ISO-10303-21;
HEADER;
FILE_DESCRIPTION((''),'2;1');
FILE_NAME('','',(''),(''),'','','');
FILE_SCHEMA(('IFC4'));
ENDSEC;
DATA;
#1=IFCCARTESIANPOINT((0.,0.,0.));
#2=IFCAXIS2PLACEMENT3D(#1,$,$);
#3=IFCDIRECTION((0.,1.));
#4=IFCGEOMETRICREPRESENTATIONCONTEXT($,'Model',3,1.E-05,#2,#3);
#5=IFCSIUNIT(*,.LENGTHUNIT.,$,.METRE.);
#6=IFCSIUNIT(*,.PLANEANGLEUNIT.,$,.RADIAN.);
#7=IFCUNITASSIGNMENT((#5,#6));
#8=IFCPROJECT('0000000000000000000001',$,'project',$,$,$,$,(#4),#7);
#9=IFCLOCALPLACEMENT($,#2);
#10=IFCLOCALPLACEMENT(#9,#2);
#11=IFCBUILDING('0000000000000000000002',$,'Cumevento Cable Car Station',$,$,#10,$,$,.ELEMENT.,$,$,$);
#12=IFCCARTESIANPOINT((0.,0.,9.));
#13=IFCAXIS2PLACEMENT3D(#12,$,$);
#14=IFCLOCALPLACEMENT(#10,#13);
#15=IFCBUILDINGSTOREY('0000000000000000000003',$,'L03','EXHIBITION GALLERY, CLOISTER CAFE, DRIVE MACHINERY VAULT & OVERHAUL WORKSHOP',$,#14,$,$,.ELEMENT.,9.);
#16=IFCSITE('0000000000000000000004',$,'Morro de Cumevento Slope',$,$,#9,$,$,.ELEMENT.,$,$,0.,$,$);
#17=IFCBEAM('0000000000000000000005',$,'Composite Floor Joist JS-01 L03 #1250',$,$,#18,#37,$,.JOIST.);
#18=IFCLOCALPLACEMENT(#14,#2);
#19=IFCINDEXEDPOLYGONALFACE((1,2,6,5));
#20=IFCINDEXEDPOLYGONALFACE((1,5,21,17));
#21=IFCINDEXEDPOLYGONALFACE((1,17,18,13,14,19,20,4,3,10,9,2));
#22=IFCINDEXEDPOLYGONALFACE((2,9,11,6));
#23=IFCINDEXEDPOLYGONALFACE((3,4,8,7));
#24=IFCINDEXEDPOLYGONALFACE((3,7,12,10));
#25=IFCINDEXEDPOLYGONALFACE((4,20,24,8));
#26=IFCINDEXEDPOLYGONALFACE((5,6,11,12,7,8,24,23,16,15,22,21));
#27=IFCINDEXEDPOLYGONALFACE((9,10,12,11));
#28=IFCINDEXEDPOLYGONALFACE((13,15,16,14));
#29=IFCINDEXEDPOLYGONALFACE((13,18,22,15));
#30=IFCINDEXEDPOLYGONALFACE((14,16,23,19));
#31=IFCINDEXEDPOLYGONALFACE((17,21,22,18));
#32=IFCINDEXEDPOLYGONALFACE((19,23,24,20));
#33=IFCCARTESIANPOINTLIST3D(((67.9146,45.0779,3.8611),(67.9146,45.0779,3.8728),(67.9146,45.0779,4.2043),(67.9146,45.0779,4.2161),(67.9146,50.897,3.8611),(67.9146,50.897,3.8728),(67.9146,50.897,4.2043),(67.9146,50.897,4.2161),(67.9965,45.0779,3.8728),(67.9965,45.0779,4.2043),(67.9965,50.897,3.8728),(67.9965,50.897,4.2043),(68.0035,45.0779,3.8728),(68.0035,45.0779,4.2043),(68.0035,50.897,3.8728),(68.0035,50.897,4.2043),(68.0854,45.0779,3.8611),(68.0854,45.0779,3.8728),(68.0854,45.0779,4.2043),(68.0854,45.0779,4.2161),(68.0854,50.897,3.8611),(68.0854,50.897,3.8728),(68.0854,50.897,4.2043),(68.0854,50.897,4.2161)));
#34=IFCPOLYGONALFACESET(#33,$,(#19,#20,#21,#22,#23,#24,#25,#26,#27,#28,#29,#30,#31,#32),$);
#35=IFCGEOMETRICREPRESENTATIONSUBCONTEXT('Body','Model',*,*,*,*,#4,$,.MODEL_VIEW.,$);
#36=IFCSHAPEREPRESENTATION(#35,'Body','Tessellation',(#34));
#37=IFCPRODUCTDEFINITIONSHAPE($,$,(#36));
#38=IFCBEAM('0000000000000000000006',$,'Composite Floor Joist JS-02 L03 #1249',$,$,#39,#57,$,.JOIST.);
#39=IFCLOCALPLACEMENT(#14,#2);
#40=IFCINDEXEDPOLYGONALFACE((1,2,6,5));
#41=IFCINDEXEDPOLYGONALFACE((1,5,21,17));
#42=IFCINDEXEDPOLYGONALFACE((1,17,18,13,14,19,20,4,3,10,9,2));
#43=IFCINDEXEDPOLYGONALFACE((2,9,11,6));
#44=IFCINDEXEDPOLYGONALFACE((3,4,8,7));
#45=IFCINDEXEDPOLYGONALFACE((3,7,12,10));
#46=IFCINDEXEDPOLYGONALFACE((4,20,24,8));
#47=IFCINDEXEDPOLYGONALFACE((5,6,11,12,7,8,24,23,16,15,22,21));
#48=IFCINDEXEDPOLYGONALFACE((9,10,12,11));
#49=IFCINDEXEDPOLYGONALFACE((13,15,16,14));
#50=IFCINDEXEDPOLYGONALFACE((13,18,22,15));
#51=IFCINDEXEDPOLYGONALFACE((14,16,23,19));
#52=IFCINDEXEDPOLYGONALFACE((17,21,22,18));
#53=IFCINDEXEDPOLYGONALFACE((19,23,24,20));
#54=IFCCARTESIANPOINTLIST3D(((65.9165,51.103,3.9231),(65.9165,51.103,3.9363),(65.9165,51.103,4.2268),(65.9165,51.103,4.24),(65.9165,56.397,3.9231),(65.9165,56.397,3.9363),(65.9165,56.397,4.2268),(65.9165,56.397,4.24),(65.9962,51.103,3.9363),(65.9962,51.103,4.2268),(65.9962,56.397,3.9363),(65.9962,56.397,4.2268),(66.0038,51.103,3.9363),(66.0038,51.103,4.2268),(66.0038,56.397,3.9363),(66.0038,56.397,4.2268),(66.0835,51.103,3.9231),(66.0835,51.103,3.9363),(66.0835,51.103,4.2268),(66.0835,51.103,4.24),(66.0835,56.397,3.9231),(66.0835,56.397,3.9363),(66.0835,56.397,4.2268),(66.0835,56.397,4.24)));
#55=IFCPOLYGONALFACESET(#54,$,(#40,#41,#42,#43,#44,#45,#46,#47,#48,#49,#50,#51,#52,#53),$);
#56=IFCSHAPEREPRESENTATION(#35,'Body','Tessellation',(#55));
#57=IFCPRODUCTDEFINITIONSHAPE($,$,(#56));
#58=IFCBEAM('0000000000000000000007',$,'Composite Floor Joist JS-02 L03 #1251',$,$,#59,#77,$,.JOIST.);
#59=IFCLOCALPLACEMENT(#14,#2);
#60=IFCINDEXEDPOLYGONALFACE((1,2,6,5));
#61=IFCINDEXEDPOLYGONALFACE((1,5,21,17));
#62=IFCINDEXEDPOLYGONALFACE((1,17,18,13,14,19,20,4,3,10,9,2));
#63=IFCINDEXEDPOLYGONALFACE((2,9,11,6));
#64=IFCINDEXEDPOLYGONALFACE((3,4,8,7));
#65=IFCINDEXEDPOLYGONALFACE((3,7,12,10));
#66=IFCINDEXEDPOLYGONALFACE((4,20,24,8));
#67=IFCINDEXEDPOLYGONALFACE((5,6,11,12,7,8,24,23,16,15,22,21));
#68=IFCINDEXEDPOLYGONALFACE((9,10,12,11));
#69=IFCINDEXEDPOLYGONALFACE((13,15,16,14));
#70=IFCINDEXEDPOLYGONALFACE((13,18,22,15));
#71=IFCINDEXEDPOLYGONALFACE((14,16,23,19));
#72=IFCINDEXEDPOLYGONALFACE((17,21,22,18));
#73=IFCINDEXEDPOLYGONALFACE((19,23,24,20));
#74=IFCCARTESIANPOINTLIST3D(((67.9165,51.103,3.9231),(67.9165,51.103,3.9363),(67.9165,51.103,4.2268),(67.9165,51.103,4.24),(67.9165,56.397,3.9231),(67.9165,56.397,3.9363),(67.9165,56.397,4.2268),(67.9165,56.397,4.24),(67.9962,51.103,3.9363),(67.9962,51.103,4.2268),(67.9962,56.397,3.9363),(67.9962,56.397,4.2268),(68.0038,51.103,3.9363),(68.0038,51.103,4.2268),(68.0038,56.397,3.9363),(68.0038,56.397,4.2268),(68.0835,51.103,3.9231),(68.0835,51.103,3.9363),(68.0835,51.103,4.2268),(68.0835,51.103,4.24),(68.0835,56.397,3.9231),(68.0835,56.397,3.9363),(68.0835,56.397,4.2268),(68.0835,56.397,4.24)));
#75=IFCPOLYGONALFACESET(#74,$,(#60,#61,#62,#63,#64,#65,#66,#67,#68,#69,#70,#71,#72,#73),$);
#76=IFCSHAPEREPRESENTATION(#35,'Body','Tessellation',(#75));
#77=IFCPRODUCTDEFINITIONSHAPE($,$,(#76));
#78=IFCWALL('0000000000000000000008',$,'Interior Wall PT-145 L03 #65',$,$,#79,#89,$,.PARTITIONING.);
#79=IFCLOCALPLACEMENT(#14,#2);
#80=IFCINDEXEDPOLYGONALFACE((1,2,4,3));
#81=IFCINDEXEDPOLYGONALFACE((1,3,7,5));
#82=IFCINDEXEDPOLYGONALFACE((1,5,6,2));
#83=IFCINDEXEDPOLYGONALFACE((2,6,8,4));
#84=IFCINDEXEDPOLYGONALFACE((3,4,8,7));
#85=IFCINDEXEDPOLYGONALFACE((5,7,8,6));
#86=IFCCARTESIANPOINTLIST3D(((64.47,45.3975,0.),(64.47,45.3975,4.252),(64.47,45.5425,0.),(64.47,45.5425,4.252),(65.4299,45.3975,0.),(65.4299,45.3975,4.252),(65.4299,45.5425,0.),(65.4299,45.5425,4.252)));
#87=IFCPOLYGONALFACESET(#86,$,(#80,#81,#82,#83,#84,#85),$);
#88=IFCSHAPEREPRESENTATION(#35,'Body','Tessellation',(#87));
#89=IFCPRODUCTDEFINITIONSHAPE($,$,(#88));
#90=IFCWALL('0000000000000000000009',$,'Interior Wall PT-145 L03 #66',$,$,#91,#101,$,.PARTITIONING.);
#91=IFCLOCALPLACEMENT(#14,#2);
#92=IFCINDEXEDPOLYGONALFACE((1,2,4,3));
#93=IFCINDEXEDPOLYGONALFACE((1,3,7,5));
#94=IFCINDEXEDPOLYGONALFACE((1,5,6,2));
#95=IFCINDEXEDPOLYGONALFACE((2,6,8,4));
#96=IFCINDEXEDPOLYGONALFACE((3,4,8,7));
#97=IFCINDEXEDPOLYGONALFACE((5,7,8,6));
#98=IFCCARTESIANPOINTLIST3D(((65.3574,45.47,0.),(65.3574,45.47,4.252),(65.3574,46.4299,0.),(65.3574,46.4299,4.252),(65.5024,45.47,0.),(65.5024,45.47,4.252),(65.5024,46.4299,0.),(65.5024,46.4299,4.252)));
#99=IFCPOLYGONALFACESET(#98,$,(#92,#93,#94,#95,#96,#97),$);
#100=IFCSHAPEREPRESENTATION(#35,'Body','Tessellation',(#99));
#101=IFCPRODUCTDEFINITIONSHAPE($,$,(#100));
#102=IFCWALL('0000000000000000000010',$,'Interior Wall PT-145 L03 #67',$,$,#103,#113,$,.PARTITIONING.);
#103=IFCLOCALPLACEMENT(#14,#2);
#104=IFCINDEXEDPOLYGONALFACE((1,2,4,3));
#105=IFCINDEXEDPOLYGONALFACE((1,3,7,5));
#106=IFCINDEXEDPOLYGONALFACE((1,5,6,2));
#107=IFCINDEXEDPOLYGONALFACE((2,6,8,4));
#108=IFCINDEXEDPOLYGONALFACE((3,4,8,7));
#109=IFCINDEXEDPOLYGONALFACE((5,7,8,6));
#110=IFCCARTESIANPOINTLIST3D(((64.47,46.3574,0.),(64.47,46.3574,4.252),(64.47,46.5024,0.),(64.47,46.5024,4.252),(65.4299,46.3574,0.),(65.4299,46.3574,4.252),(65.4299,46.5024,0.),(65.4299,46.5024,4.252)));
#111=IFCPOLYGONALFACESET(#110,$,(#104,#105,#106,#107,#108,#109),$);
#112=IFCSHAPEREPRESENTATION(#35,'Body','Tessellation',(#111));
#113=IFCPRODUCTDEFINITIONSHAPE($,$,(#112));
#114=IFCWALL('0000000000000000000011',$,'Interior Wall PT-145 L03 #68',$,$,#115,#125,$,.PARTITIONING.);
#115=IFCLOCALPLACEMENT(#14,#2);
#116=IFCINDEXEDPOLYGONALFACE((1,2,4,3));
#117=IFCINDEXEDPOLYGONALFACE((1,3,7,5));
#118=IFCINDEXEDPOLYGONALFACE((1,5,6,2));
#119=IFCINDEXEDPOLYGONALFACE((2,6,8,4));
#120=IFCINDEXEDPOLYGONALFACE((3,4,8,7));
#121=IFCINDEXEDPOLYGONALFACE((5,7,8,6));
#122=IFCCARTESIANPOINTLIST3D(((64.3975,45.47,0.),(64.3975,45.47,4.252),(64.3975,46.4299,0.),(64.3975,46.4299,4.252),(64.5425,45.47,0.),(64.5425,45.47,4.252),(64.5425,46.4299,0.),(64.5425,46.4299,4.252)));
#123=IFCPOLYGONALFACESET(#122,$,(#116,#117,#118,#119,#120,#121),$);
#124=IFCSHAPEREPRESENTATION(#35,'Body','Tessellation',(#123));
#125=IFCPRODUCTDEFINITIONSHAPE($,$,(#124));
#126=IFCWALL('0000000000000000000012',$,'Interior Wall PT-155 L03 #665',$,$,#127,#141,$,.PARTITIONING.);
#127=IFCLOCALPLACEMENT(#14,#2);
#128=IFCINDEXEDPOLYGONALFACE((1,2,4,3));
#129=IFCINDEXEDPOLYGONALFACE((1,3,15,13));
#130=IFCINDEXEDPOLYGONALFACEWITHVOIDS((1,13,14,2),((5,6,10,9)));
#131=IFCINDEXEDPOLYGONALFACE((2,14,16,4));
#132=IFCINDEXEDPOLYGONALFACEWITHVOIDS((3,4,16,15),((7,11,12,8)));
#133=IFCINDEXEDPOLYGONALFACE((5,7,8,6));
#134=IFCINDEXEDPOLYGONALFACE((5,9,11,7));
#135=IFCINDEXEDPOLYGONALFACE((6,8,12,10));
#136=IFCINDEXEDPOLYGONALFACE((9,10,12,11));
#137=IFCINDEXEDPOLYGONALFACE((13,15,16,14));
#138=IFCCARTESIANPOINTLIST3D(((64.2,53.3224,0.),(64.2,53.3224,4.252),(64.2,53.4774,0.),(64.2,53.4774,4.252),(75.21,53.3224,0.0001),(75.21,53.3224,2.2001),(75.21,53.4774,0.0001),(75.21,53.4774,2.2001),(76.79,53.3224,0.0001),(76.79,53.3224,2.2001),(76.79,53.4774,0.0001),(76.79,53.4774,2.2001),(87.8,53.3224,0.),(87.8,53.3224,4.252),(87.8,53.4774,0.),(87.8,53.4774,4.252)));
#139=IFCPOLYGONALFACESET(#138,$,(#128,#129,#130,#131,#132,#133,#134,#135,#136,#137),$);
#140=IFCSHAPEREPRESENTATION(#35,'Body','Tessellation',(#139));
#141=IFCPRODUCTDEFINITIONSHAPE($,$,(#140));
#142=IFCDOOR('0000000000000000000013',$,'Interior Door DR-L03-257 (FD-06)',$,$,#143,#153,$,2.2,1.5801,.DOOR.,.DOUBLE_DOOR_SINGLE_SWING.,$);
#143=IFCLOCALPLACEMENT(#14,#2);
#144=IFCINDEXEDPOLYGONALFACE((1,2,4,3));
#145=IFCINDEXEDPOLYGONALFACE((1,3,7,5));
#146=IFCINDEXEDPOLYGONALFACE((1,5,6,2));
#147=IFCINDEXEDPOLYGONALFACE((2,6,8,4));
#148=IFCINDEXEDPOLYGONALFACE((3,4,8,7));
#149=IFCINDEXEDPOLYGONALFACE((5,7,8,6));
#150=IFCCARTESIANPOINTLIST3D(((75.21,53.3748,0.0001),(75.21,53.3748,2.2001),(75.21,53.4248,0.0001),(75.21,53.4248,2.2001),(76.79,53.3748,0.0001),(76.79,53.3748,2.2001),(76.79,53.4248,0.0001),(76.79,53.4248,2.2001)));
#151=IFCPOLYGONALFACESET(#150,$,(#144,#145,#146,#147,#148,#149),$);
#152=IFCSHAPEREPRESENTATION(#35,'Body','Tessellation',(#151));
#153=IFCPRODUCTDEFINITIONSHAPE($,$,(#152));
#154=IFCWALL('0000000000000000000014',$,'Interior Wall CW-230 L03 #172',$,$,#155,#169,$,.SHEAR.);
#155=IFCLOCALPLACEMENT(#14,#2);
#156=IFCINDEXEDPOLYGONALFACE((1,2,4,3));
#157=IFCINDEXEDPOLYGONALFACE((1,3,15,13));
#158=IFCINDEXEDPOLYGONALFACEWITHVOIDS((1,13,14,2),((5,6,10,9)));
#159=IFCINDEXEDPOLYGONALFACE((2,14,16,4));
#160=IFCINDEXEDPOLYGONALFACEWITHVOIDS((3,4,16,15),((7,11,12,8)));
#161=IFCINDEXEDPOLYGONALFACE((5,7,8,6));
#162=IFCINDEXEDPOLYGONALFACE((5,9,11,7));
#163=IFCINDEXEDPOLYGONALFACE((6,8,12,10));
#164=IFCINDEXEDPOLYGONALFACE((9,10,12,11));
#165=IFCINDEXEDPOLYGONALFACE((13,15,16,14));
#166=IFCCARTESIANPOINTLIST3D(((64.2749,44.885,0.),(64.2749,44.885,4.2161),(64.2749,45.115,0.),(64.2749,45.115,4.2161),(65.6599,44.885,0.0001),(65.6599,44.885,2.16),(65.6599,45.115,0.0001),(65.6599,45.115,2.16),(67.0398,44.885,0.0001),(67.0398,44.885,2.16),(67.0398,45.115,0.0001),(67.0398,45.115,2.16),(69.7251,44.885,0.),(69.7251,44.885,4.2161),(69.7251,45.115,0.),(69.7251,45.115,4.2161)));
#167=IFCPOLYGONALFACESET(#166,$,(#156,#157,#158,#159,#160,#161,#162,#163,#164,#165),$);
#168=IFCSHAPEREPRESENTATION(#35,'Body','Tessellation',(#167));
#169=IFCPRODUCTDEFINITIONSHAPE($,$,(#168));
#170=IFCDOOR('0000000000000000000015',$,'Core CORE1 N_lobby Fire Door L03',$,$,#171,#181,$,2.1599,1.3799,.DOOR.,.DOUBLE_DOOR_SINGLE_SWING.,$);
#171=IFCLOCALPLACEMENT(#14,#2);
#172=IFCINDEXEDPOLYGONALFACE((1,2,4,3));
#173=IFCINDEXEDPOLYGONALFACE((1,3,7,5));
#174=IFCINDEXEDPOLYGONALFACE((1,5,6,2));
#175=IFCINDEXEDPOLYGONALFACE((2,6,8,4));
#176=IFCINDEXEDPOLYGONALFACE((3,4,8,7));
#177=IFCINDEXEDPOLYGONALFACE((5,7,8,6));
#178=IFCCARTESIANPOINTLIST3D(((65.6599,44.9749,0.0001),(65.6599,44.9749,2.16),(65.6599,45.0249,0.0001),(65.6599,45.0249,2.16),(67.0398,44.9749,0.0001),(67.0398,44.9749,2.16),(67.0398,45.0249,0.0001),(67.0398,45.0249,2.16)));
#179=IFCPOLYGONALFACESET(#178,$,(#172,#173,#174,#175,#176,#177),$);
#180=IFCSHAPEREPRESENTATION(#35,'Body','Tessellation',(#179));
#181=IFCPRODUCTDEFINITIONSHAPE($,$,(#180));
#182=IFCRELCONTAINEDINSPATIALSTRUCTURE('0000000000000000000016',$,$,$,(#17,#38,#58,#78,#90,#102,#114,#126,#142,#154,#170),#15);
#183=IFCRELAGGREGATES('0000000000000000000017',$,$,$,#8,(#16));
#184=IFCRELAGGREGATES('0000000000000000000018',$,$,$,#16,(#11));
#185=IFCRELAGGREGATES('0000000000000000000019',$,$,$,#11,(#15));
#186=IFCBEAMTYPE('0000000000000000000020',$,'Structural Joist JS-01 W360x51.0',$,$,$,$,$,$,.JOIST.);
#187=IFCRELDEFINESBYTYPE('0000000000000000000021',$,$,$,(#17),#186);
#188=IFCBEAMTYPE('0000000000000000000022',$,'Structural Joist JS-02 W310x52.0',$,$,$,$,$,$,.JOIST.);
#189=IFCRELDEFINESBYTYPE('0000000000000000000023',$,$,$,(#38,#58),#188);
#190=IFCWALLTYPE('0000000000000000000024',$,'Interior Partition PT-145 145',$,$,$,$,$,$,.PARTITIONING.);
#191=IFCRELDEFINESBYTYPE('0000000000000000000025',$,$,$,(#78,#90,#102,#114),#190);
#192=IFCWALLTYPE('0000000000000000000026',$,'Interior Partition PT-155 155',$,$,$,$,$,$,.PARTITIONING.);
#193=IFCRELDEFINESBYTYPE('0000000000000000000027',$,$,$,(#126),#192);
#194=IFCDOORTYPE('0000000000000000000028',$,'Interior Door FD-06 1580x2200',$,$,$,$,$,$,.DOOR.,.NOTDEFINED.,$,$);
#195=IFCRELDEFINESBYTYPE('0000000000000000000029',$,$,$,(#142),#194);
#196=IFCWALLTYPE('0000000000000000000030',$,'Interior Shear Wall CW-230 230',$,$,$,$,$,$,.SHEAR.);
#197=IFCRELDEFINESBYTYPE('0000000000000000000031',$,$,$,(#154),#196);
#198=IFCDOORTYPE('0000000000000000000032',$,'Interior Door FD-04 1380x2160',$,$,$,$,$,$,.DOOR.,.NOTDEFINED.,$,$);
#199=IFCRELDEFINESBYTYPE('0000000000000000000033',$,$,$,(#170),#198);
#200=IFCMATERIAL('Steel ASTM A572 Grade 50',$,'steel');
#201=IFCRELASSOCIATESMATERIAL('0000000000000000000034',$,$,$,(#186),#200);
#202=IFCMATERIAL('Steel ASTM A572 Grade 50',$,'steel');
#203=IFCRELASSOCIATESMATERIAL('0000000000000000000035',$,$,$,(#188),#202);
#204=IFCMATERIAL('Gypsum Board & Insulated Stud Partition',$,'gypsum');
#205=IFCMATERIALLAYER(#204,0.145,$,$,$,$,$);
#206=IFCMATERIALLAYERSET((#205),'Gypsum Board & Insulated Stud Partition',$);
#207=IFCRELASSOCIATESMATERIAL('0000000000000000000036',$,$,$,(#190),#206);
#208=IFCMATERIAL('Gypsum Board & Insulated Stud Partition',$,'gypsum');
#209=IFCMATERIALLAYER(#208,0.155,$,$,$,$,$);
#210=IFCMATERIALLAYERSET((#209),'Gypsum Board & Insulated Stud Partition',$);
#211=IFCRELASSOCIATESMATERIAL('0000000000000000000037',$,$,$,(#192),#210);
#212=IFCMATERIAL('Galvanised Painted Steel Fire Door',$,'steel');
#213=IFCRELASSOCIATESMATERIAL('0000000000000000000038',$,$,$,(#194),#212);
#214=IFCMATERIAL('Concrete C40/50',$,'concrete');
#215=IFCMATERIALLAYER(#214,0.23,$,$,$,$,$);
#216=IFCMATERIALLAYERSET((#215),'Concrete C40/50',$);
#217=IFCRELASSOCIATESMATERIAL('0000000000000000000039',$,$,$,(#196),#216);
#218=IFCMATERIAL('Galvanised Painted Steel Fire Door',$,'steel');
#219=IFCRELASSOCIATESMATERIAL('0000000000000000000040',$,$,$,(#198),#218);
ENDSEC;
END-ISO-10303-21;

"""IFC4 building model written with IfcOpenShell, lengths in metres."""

from ifc_helpers import new_model, si_unit, direction, frame, frame_2d, origin, origin_2d, place, context, subcontext, project, spatial, rectangle, i_section, extrude, material, layer, layer_set, material_profile, profile_set, type_object, element, fill, save


model = new_model("IFC4")

# Units and contexts
model_context = context("Model", 3, precision=1e-05, world=origin(), true_north=direction((0.0, 1.0)))
body_context = subcontext(model_context, "Body", "Model", "MODEL_VIEW")
ifc_project = project(units=[si_unit("LENGTHUNIT", "METRE"), si_unit("PLANEANGLEUNIT", "RADIAN")], contexts=[model_context])

# Site, building, storey
site_placement = place(None, origin())
site = spatial("IfcSite", under=ifc_project, at=site_placement, Name="Morro de Cumevento Slope", CompositionType="ELEMENT", RefElevation=0.0)
building_placement = place(site_placement, origin())
building = spatial("IfcBuilding", under=site, at=building_placement, Name="Cumevento Cable Car Station", CompositionType="ELEMENT")
storey_placement = place(building_placement, frame((0.0, 0.0, 9.0)))
storey = spatial("IfcBuildingStorey", under=building, at=storey_placement, Name="L03", Description="EXHIBITION GALLERY, CLOISTER CAFE, DRIVE MACHINERY VAULT & OVERHAUL WORKSHOP", CompositionType="ELEMENT", Elevation=9.0)

# Beams
ifc_material_1 = material(Name="Steel ASTM A572 Grade 50", Category="steel")
ifc_material_profile_1 = material_profile(ifc_material_1, i_section(OverallWidth=0.1709, OverallDepth=0.355, WebThickness=0.0071, FlangeThickness=0.0117, at=origin_2d()), Name="W360x51.0")
ifc_profile_set_1 = profile_set([ifc_material_profile_1], Name="Steel ASTM A572 Grade 50")
beam_type_1 = type_object("IfcBeamType", Name="Structural Joist JS-01 W360x51.0", PredefinedType="JOIST", material=ifc_profile_set_1)
for number, where, z_axis, x_axis, name in (
    (1, (68.0, 45.0779, 4.0386), (0.0, 1.0, 0.0), (-1.0, 0.0, 0.0), "Composite Floor Joist JS-01 L03 #1250"),
):
    element("IfcBeam", number, at=place(storey_placement, frame(where, z_axis=z_axis, x_axis=x_axis)), inside=storey, type_object=beam_type_1, Name=name, PredefinedType="JOIST", context=body_context, shape_type="SweptSolid", body=[
        extrude(i_section(OverallWidth=0.1709, OverallDepth=0.355, WebThickness=0.0071, FlangeThickness=0.0117, at=origin_2d()), origin(), (0.0, 0.0, 1.0), 5.8191),
    ])
ifc_material_2 = material(Name="Steel ASTM A572 Grade 50", Category="steel")
ifc_material_profile_2 = material_profile(ifc_material_2, i_section(OverallWidth=0.167, OverallDepth=0.3169, WebThickness=0.0076, FlangeThickness=0.0132, at=origin_2d()), Name="W310x52.0")
ifc_profile_set_2 = profile_set([ifc_material_profile_2], Name="Steel ASTM A572 Grade 50")
beam_type_2 = type_object("IfcBeamType", Name="Structural Joist JS-02 W310x52.0", PredefinedType="JOIST", material=ifc_profile_set_2)
for number, where, z_axis, x_axis, name in (
    (2, (66.0, 51.103, 4.0815), (0.0, 1.0, 0.0), (-1.0, 0.0, 0.0), "Composite Floor Joist JS-02 L03 #1249"),
    (3, (68.0, 51.103, 4.0815), (0.0, 1.0, 0.0), (-1.0, 0.0, 0.0), "Composite Floor Joist JS-02 L03 #1251"),
):
    element("IfcBeam", number, at=place(storey_placement, frame(where, z_axis=z_axis, x_axis=x_axis)), inside=storey, type_object=beam_type_2, Name=name, PredefinedType="JOIST", context=body_context, shape_type="SweptSolid", body=[
        extrude(i_section(OverallWidth=0.167, OverallDepth=0.3169, WebThickness=0.0076, FlangeThickness=0.0132, at=origin_2d()), origin(), (0.0, 0.0, 1.0), 5.2939),
    ])

# Walls
ifc_material_3 = material(Name="Gypsum Board & Insulated Stud Partition", Category="gypsum")
ifc_layer_1 = layer(ifc_material_3, 0.145)
ifc_layer_set_1 = layer_set([ifc_layer_1], Name="Gypsum Board & Insulated Stud Partition")
wall_type_1 = type_object("IfcWallType", Name="Interior Partition PT-145 145", PredefinedType="PARTITIONING", material=ifc_layer_set_1)
for number, where, z_axis, x_axis, name in (
    (4, (64.47, 45.47, 0.0), (0.0, 0.0, 1.0), (1.0, 0.0, 0.0), "Interior Wall PT-145 L03 #65"),
    (5, (65.4299, 45.47, 0.0), (0.0, 0.0, 1.0), (0.0, 1.0, 0.0), "Interior Wall PT-145 L03 #66"),
    (6, (65.4299, 46.4299, 0.0), (0.0, 0.0, 1.0), (-1.0, 0.0, 0.0), "Interior Wall PT-145 L03 #67"),
    (7, (64.47, 46.4299, 0.0), (0.0, 0.0, 1.0), (0.0, -1.0, 0.0), "Interior Wall PT-145 L03 #68"),
):
    element("IfcWall", number, at=place(storey_placement, frame(where, z_axis=z_axis, x_axis=x_axis)), inside=storey, type_object=wall_type_1, Name=name, PredefinedType="PARTITIONING", context=body_context, shape_type="SweptSolid", body=[
        extrude(rectangle(XDim=0.96, YDim=0.145, at=frame_2d((0.48, 0.0))), origin(), (0.0, 0.0, 1.0), 4.252),
    ])

# Walls, openings, doors
ifc_material_4 = material(Name="Gypsum Board & Insulated Stud Partition", Category="gypsum")
ifc_layer_2 = layer(ifc_material_4, 0.155)
ifc_layer_set_2 = layer_set([ifc_layer_2], Name="Gypsum Board & Insulated Stud Partition")
wall_type_2 = type_object("IfcWallType", Name="Interior Partition PT-155 155", PredefinedType="PARTITIONING", material=ifc_layer_set_2)
wall_1_placement = place(storey_placement, frame((64.2, 53.3999, 0.0), z_axis=(0.0, 0.0, 1.0), x_axis=(1.0, 0.0, 0.0)))
wall_1 = element("IfcWall", 8, at=wall_1_placement, inside=storey, type_object=wall_type_2, Name="Interior Wall PT-155 L03 #665", PredefinedType="PARTITIONING", context=body_context, shape_type="SweptSolid", body=[
    extrude(rectangle(XDim=23.6001, YDim=0.155, at=frame_2d((11.8, 0.0))), origin(), (0.0, 0.0, 1.0), 4.252),
])
opening_1_placement = place(wall_1_placement, frame((11.01, 0.0, 0.0)))
opening_1 = element("IfcOpeningElement", 9, at=opening_1_placement, cuts=wall_1, PredefinedType="OPENING", context=body_context, shape_type="SweptSolid", body=[
    extrude(rectangle(XDim=1.5801, YDim=2.2, at=frame_2d((0.79, 1.1001))), frame((0.0, 0.0876, 0.0), z_axis=(0.0, -1.0, 0.0), x_axis=(1.0, 0.0, 0.0)), (0.0, 0.0, 1.0), 0.175),
])
ifc_material_5 = material(Name="Galvanised Painted Steel Fire Door", Category="steel")
door_type_1 = type_object("IfcDoorType", Name="Interior Door FD-06 1580x2200", OperationType="NOTDEFINED", PredefinedType="DOOR", material=ifc_material_5)
door_1_placement = place(opening_1_placement, origin())
door_1 = element("IfcDoor", 10, at=door_1_placement, inside=storey, type_object=door_type_1, Name="Interior Door DR-L03-257 (FD-06)", OperationType="DOUBLE_DOOR_SINGLE_SWING", OverallHeight=2.2, OverallWidth=1.5801, PredefinedType="DOOR", context=body_context, shape_type="SweptSolid", body=[
    extrude(rectangle(XDim=1.5801, YDim=2.2, at=frame_2d((0.79, 1.1001))), frame((0.0, 0.0249, 0.0), z_axis=(0.0, -1.0, 0.0), x_axis=(1.0, 0.0, 0.0)), (0.0, 0.0, 1.0), 0.05),
])
fill(opening_1, door_1)
ifc_material_6 = material(Name="Concrete C40/50", Category="concrete")
ifc_layer_3 = layer(ifc_material_6, 0.23)
ifc_layer_set_3 = layer_set([ifc_layer_3], Name="Concrete C40/50")
wall_type_3 = type_object("IfcWallType", Name="Interior Shear Wall CW-230 230", PredefinedType="SHEAR", material=ifc_layer_set_3)
wall_2_placement = place(storey_placement, frame((64.2749, 45.0, 0.0), z_axis=(0.0, 0.0, 1.0), x_axis=(1.0, 0.0, 0.0)))
wall_2 = element("IfcWall", 11, at=wall_2_placement, inside=storey, type_object=wall_type_3, Name="Interior Wall CW-230 L03 #172", PredefinedType="SHEAR", context=body_context, shape_type="SweptSolid", body=[
    extrude(rectangle(XDim=5.4502, YDim=0.23, at=frame_2d((2.7251, 0.0))), origin(), (0.0, 0.0, 1.0), 4.2161),
])
opening_2_placement = place(wall_2_placement, frame((1.385, 0.0, 0.0)))
opening_2 = element("IfcOpeningElement", 12, at=opening_2_placement, cuts=wall_2, PredefinedType="OPENING", context=body_context, shape_type="SweptSolid", body=[
    extrude(rectangle(XDim=1.3799, YDim=2.1599, at=frame_2d((0.6899, 1.0801))), frame((0.0, 0.125, 0.0), z_axis=(0.0, -1.0, 0.0), x_axis=(1.0, 0.0, 0.0)), (0.0, 0.0, 1.0), 0.25),
])
ifc_material_7 = material(Name="Galvanised Painted Steel Fire Door", Category="steel")
door_type_2 = type_object("IfcDoorType", Name="Interior Door FD-04 1380x2160", OperationType="NOTDEFINED", PredefinedType="DOOR", material=ifc_material_7)
door_2_placement = place(opening_2_placement, origin())
door_2 = element("IfcDoor", 13, at=door_2_placement, inside=storey, type_object=door_type_2, Name="Core CORE1 N_lobby Fire Door L03", OperationType="DOUBLE_DOOR_SINGLE_SWING", OverallHeight=2.1599, OverallWidth=1.3799, PredefinedType="DOOR", context=body_context, shape_type="SweptSolid", body=[
    extrude(rectangle(XDim=1.3799, YDim=2.1599, at=frame_2d((0.6899, 1.0801))), frame((0.0, 0.0249, 0.0), z_axis=(0.0, -1.0, 0.0), x_axis=(1.0, 0.0, 0.0)), (0.0, 0.0, 1.0), 0.05),
])
fill(opening_2, door_2)

save(model, "model.ifc")
